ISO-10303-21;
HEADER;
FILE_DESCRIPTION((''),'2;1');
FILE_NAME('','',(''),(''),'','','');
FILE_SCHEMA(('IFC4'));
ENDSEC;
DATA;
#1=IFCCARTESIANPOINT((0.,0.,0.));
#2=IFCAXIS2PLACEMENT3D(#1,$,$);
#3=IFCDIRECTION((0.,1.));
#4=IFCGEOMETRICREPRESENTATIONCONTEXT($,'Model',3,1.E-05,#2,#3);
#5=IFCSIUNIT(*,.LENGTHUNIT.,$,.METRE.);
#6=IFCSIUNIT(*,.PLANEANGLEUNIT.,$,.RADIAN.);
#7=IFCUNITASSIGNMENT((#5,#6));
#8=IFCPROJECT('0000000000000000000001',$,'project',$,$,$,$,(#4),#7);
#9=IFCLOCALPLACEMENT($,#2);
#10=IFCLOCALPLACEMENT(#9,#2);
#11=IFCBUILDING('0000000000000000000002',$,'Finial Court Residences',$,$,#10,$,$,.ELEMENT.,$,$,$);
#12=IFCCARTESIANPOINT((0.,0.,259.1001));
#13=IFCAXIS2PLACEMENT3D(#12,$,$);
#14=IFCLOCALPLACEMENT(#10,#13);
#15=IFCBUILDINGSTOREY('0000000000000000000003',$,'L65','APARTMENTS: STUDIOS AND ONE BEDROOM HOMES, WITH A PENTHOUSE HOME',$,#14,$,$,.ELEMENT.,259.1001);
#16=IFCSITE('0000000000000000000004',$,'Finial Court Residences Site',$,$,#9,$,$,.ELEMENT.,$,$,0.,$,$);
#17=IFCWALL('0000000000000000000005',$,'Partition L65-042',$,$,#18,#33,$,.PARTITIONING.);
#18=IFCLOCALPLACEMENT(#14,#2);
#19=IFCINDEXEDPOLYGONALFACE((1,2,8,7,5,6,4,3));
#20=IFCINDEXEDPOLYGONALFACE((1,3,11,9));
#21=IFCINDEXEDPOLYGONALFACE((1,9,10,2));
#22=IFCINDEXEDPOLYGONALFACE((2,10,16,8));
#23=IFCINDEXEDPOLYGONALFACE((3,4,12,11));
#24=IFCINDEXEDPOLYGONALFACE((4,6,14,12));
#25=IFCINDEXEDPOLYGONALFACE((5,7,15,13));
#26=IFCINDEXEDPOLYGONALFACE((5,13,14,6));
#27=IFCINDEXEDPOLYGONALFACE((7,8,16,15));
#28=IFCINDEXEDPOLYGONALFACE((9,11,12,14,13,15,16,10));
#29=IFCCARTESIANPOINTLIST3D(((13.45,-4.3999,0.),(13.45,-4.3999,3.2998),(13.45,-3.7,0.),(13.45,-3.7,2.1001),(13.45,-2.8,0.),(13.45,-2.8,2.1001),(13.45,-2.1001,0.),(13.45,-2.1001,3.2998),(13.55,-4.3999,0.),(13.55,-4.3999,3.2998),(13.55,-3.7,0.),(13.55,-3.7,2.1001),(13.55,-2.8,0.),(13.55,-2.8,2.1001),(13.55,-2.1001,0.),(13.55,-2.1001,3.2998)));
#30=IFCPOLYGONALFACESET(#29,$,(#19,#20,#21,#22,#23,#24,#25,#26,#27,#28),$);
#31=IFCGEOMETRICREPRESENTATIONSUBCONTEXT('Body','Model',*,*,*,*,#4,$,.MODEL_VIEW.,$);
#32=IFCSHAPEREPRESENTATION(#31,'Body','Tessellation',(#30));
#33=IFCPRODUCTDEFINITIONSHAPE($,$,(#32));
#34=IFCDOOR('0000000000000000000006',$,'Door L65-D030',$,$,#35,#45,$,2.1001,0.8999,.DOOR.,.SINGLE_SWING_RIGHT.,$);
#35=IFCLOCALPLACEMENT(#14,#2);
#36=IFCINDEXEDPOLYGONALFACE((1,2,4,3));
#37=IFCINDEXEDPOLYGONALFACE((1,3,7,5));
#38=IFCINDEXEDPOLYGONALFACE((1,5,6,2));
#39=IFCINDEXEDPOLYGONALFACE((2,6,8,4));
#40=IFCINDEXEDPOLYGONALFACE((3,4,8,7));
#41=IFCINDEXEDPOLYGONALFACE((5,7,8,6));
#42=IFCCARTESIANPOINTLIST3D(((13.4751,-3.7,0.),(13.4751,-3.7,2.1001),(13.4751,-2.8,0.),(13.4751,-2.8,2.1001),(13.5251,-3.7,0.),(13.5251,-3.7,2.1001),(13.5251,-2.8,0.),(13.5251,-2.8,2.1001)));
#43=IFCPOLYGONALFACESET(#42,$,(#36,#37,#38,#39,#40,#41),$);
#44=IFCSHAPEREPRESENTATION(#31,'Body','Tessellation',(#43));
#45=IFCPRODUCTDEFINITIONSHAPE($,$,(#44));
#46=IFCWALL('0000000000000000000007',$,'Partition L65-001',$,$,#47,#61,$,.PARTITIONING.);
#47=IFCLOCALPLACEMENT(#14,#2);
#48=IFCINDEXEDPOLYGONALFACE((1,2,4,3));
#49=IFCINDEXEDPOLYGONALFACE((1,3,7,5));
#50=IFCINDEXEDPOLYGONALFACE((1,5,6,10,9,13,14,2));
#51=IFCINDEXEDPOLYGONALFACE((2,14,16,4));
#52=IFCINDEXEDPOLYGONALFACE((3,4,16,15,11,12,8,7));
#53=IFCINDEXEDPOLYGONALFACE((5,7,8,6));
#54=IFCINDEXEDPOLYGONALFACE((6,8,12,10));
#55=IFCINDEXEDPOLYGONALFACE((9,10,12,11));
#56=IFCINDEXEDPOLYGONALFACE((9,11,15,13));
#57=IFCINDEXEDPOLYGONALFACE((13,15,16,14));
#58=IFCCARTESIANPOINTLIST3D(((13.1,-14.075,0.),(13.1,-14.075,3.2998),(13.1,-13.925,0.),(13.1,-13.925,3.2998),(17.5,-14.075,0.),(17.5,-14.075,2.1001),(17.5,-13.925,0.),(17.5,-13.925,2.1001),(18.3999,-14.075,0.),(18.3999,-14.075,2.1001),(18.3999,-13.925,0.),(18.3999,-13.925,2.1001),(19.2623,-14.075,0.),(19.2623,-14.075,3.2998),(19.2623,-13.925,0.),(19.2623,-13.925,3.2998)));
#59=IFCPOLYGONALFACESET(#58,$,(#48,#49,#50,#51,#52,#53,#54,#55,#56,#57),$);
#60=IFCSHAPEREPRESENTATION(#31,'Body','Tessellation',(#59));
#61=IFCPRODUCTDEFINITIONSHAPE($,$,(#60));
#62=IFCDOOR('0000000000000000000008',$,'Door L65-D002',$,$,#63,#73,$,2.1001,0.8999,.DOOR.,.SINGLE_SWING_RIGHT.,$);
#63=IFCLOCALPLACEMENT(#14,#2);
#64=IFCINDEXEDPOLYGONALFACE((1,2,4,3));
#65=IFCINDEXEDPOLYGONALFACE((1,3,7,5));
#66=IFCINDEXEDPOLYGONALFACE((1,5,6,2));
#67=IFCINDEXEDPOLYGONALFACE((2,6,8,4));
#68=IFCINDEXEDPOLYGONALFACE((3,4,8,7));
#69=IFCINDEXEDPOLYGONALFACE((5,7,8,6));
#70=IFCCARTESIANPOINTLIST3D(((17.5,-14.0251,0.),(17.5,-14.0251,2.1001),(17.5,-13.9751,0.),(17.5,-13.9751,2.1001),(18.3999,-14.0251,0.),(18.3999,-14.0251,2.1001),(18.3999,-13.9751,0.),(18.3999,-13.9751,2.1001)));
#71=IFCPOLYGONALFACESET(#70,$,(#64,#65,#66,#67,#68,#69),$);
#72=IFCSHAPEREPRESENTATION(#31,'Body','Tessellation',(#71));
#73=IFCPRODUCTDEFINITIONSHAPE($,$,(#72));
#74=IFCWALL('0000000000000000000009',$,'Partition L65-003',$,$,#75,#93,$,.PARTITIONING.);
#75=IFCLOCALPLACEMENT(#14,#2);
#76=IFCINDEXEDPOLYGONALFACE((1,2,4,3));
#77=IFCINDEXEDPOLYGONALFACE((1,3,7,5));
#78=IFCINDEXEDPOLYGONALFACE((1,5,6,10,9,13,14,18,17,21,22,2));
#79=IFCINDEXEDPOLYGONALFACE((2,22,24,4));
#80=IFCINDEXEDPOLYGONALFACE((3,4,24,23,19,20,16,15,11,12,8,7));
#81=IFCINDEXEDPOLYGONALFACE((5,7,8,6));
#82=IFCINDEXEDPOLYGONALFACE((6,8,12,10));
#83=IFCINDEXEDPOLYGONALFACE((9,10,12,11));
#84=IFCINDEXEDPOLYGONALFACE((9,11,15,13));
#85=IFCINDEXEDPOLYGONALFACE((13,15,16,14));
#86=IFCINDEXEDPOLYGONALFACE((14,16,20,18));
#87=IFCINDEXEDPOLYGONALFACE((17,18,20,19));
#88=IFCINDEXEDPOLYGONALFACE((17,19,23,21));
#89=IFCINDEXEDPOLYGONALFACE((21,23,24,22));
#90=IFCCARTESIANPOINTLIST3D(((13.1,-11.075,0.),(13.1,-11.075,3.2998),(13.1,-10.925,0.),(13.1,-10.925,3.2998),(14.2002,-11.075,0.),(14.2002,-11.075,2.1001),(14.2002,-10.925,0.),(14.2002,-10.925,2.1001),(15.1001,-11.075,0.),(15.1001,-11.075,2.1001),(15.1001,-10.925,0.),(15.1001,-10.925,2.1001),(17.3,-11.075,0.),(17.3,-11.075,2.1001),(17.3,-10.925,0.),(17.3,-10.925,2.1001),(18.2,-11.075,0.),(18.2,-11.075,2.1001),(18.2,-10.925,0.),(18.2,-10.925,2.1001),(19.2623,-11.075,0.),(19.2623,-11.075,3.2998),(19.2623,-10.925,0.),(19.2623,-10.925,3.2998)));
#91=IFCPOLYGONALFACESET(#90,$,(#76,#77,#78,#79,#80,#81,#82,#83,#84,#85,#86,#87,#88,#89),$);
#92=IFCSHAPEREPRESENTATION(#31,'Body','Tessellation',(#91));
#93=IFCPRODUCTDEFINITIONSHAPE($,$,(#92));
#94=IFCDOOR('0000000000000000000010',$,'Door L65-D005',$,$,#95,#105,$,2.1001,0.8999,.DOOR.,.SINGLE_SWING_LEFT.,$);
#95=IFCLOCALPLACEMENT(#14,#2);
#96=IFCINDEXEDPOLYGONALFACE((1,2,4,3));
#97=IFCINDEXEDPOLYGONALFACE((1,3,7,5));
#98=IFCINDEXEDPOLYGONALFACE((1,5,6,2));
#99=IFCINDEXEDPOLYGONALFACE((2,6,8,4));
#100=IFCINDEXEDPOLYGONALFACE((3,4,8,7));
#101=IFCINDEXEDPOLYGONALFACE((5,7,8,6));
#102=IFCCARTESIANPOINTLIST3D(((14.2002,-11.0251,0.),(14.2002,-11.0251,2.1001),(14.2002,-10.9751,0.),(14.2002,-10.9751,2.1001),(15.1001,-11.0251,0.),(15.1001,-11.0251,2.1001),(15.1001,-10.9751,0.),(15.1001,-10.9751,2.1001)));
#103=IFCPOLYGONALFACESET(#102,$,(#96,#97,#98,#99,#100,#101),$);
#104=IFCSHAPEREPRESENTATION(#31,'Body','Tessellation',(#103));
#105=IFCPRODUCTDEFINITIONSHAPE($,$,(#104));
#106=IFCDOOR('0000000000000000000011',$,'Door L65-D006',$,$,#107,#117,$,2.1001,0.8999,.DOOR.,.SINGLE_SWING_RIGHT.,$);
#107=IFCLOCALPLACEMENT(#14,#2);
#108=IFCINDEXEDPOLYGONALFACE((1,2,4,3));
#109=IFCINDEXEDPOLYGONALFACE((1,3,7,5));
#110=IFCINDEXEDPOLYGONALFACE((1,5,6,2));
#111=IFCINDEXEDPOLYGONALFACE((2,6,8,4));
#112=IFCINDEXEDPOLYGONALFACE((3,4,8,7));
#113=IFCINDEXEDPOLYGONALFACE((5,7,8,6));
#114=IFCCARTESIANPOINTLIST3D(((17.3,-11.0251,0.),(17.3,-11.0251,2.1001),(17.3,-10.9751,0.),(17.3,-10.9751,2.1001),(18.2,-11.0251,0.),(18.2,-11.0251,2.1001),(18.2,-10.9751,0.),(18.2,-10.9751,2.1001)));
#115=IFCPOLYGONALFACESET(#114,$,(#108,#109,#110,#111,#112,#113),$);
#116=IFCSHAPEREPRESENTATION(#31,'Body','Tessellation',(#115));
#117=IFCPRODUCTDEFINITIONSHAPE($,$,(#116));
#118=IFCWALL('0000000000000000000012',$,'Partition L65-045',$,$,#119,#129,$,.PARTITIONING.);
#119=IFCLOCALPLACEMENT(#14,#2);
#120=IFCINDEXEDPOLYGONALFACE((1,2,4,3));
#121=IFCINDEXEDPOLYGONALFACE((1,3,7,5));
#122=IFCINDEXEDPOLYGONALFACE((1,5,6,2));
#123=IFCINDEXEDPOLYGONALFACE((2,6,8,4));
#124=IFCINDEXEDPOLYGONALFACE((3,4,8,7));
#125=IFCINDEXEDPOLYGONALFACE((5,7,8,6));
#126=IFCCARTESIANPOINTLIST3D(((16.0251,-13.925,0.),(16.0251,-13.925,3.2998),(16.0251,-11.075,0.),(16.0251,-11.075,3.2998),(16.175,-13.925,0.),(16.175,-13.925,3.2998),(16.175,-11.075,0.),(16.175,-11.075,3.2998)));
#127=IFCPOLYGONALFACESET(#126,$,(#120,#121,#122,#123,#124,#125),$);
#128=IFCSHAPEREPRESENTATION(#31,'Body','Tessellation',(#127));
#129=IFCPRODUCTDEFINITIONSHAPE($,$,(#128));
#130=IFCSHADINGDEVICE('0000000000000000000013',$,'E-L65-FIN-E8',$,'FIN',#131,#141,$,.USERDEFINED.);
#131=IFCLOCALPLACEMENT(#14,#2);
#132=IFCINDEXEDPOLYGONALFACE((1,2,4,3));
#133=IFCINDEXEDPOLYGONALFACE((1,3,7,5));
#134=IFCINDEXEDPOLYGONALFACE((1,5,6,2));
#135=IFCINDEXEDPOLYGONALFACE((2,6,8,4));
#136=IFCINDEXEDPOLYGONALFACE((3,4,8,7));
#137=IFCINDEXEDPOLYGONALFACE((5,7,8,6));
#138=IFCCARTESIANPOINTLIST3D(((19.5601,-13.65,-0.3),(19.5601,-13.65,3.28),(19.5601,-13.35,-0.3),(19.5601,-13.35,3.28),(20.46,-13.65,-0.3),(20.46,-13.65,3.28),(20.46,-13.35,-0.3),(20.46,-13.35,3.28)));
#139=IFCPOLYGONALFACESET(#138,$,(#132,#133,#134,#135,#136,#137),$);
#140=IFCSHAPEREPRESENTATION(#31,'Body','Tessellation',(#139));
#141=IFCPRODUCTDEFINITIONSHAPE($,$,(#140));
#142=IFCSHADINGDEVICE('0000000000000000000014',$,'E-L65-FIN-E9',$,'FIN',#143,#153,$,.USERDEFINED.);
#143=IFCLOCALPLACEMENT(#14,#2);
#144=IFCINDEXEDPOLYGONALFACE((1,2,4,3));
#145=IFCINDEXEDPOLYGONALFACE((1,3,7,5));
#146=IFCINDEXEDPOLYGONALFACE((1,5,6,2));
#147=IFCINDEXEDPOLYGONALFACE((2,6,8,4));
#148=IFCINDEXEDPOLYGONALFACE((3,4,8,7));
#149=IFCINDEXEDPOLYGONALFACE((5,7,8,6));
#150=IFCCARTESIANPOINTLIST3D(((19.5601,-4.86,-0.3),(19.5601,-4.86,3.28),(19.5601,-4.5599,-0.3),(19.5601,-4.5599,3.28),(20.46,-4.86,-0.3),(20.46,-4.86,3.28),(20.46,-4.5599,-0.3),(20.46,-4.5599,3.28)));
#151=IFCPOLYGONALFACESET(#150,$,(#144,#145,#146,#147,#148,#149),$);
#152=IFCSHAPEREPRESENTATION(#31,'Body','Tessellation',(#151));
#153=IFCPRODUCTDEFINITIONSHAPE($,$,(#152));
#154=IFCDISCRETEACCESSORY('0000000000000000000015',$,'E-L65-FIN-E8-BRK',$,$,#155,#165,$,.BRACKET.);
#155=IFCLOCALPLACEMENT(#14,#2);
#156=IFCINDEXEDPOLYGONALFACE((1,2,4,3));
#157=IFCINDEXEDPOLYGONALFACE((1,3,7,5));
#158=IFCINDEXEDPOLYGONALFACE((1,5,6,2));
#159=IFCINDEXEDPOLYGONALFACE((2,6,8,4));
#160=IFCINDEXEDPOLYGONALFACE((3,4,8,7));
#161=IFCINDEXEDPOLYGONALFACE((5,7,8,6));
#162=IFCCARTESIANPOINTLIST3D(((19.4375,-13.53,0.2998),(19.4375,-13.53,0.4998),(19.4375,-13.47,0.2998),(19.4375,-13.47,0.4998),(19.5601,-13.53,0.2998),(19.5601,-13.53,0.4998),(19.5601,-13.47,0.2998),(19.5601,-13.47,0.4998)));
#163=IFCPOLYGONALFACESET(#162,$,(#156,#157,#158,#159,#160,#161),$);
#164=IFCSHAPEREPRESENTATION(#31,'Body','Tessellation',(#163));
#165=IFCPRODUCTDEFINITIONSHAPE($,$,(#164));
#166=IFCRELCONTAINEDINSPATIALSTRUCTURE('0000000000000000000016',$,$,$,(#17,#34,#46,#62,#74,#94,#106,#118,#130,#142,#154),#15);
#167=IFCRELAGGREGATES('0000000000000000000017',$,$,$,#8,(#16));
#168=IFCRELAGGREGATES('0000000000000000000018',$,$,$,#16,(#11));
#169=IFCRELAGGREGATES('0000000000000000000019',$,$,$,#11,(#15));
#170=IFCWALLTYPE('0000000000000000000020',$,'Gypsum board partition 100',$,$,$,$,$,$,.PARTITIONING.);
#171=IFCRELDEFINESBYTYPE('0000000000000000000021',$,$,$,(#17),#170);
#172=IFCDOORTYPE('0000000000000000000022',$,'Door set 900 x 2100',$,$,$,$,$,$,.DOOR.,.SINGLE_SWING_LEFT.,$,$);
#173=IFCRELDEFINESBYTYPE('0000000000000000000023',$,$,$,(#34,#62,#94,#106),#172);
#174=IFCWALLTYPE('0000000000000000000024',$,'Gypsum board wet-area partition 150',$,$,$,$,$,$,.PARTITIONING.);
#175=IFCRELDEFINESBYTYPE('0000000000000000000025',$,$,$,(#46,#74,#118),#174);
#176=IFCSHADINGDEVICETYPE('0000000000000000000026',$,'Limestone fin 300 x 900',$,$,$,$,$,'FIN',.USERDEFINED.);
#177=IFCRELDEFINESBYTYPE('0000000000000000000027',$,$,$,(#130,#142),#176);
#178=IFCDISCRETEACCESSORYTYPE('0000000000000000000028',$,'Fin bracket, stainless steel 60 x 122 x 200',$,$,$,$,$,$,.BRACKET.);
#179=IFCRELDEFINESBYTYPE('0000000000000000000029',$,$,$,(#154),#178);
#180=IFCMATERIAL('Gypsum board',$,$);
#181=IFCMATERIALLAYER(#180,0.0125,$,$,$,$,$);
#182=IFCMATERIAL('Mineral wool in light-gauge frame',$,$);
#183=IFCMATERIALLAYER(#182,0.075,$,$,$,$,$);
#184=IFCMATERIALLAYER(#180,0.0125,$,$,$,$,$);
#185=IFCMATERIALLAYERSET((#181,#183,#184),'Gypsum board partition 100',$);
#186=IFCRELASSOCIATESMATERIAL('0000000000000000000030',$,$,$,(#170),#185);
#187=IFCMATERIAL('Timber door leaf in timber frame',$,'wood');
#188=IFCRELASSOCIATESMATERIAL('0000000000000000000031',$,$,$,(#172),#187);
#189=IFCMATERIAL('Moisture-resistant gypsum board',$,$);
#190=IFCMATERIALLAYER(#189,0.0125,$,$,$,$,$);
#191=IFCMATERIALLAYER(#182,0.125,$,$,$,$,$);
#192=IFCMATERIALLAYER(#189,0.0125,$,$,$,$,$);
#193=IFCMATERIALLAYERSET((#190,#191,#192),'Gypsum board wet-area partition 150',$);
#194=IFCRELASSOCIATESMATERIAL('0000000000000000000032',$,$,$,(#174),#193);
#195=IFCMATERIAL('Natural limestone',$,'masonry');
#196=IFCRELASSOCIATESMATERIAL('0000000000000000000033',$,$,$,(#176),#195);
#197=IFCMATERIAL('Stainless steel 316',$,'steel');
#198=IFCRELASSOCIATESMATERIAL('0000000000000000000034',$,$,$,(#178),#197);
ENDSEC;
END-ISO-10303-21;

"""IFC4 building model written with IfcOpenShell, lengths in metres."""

from ifc_helpers import new_model, si_unit, direction, frame, frame_2d, origin, origin_2d, place, context, subcontext, project, spatial, rectangle, extrude, material, layer, layer_set, type_object, element, fill, save


model = new_model("IFC4")

# Units and contexts
model_context = context("Model", 3, precision=1e-05, world=origin(), true_north=direction((0.0, 1.0)))
body_context = subcontext(model_context, "Body", "Model", "MODEL_VIEW")
ifc_project = project(units=[si_unit("LENGTHUNIT", "METRE"), si_unit("PLANEANGLEUNIT", "RADIAN")], contexts=[model_context])

# Site, building, storey
site_placement = place(None, origin())
site = spatial("IfcSite", under=ifc_project, at=site_placement, Name="Finial Court Residences Site", CompositionType="ELEMENT", RefElevation=0.0)
building_placement = place(site_placement, origin())
building = spatial("IfcBuilding", under=site, at=building_placement, Name="Finial Court Residences", CompositionType="ELEMENT")
storey_placement = place(building_placement, frame((0.0, 0.0, 259.1001)))
storey = spatial("IfcBuildingStorey", under=building, at=storey_placement, Name="L65", Description="APARTMENTS: STUDIOS AND ONE BEDROOM HOMES, WITH A PENTHOUSE HOME", CompositionType="ELEMENT", Elevation=259.1001)

# Walls, openings, doors
ifc_material_1 = material(Name="Gypsum board")
ifc_layer_1 = layer(ifc_material_1, 0.0125)
ifc_material_2 = material(Name="Mineral wool in light-gauge frame")
ifc_layer_2 = layer(ifc_material_2, 0.075)
ifc_layer_3 = layer(ifc_material_1, 0.0125)
ifc_layer_set_1 = layer_set([ifc_layer_1, ifc_layer_2, ifc_layer_3], Name="Gypsum board partition 100")
wall_type_1 = type_object("IfcWallType", Name="Gypsum board partition 100", PredefinedType="PARTITIONING", material=ifc_layer_set_1)
wall_1_placement = place(storey_placement, frame((13.5, -4.3999, 0.0), z_axis=(0.0, 0.0, 1.0), x_axis=(0.0, 1.0, 0.0)))
wall_1 = element("IfcWall", 1, at=wall_1_placement, inside=storey, type_object=wall_type_1, Name="Partition L65-042", PredefinedType="PARTITIONING", context=body_context, shape_type="SweptSolid", body=[
    extrude(rectangle(XDim=2.2998, YDim=0.1001, at=frame_2d((1.1499, 0.0))), origin(), (0.0, 0.0, 1.0), 3.2998),
])
opening_1_placement = place(wall_1_placement, frame((0.7, 0.0, 0.0)))
opening_1 = element("IfcOpeningElement", 2, at=opening_1_placement, cuts=wall_1, PredefinedType="OPENING", context=body_context, shape_type="SweptSolid", body=[
    extrude(rectangle(XDim=0.8999, YDim=2.1001, at=frame_2d((0.45, 1.05))), frame((0.0, 0.0601, 0.0), z_axis=(0.0, -1.0, 0.0), x_axis=(1.0, 0.0, 0.0)), (0.0, 0.0, 1.0), 0.1201),
])
ifc_material_3 = material(Name="Timber door leaf in timber frame", Category="wood")
door_type_1 = type_object("IfcDoorType", Name="Door set 900 x 2100", OperationType="SINGLE_SWING_LEFT", PredefinedType="DOOR", material=ifc_material_3)
door_1_placement = place(opening_1_placement, origin())
door_1 = element("IfcDoor", 3, at=door_1_placement, inside=storey, type_object=door_type_1, Name="Door L65-D030", OperationType="SINGLE_SWING_RIGHT", OverallHeight=2.1001, OverallWidth=0.8999, PredefinedType="DOOR", context=body_context, shape_type="SweptSolid", body=[
    extrude(rectangle(XDim=0.8999, YDim=2.1001, at=frame_2d((0.45, 1.05))), frame((0.0, 0.0249, 0.0), z_axis=(0.0, -1.0, 0.0), x_axis=(1.0, 0.0, 0.0)), (0.0, 0.0, 1.0), 0.05),
])
fill(opening_1, door_1)
ifc_material_4 = material(Name="Moisture-resistant gypsum board")
ifc_layer_4 = layer(ifc_material_4, 0.0125)
ifc_layer_5 = layer(ifc_material_2, 0.125)
ifc_layer_6 = layer(ifc_material_4, 0.0125)
ifc_layer_set_2 = layer_set([ifc_layer_4, ifc_layer_5, ifc_layer_6], Name="Gypsum board wet-area partition 150")
wall_type_2 = type_object("IfcWallType", Name="Gypsum board wet-area partition 150", PredefinedType="PARTITIONING", material=ifc_layer_set_2)
wall_2_placement = place(storey_placement, frame((13.1001, -14.0, 0.0), z_axis=(0.0, 0.0, 1.0), x_axis=(1.0, 0.0, 0.0)))
wall_2 = element("IfcWall", 4, at=wall_2_placement, inside=storey, type_object=wall_type_2, Name="Partition L65-001", PredefinedType="PARTITIONING", context=body_context, shape_type="SweptSolid", body=[
    extrude(rectangle(XDim=6.1624, YDim=0.1499, at=frame_2d((3.0811, 0.0))), origin(), (0.0, 0.0, 1.0), 3.2998),
])
opening_2_placement = place(wall_2_placement, frame((4.3999, 0.0, 0.0)))
opening_2 = element("IfcOpeningElement", 5, at=opening_2_placement, cuts=wall_2, PredefinedType="OPENING", context=body_context, shape_type="SweptSolid", body=[
    extrude(rectangle(XDim=0.8999, YDim=2.1001, at=frame_2d((0.45, 1.05))), frame((0.0, 0.085, 0.0), z_axis=(0.0, -1.0, 0.0), x_axis=(1.0, 0.0, 0.0)), (0.0, 0.0, 1.0), 0.1699),
])
door_2_placement = place(opening_2_placement, origin())
door_2 = element("IfcDoor", 6, at=door_2_placement, inside=storey, type_object=door_type_1, Name="Door L65-D002", OperationType="SINGLE_SWING_RIGHT", OverallHeight=2.1001, OverallWidth=0.8999, PredefinedType="DOOR", context=body_context, shape_type="SweptSolid", body=[
    extrude(rectangle(XDim=0.8999, YDim=2.1001, at=frame_2d((0.45, 1.05))), frame((0.0, 0.0249, 0.0), z_axis=(0.0, -1.0, 0.0), x_axis=(1.0, 0.0, 0.0)), (0.0, 0.0, 1.0), 0.05),
])
fill(opening_2, door_2)

# Wall, openings, doors
wall_3_placement = place(storey_placement, frame((13.1001, -11.0, 0.0), z_axis=(0.0, 0.0, 1.0), x_axis=(1.0, 0.0, 0.0)))
wall_3 = element("IfcWall", 7, at=wall_3_placement, inside=storey, type_object=wall_type_2, Name="Partition L65-003", PredefinedType="PARTITIONING", context=body_context, shape_type="SweptSolid", body=[
    extrude(rectangle(XDim=6.1624, YDim=0.1499, at=frame_2d((3.0811, 0.0))), origin(), (0.0, 0.0, 1.0), 3.2998),
])
opening_3_placement = place(wall_3_placement, frame((1.1001, 0.0, 0.0)))
opening_3 = element("IfcOpeningElement", 8, at=opening_3_placement, cuts=wall_3, PredefinedType="OPENING", context=body_context, shape_type="SweptSolid", body=[
    extrude(rectangle(XDim=0.8999, YDim=2.1001, at=frame_2d((0.45, 1.05))), frame((0.0, 0.085, 0.0), z_axis=(0.0, -1.0, 0.0), x_axis=(1.0, 0.0, 0.0)), (0.0, 0.0, 1.0), 0.1699),
])
opening_4_placement = place(wall_3_placement, frame((4.2, 0.0, 0.0)))
opening_4 = element("IfcOpeningElement", 9, at=opening_4_placement, cuts=wall_3, PredefinedType="OPENING", context=body_context, shape_type="SweptSolid", body=[
    extrude(rectangle(XDim=0.8999, YDim=2.1001, at=frame_2d((0.45, 1.05))), frame((0.0, 0.085, 0.0), z_axis=(0.0, -1.0, 0.0), x_axis=(1.0, 0.0, 0.0)), (0.0, 0.0, 1.0), 0.1699),
])
door_3_placement = place(opening_3_placement, origin())
door_3 = element("IfcDoor", 10, at=door_3_placement, inside=storey, type_object=door_type_1, Name="Door L65-D005", OperationType="SINGLE_SWING_LEFT", OverallHeight=2.1001, OverallWidth=0.8999, PredefinedType="DOOR", context=body_context, shape_type="SweptSolid", body=[
    extrude(rectangle(XDim=0.8999, YDim=2.1001, at=frame_2d((0.45, 1.05))), frame((0.0, 0.0249, 0.0), z_axis=(0.0, -1.0, 0.0), x_axis=(1.0, 0.0, 0.0)), (0.0, 0.0, 1.0), 0.05),
])
fill(opening_3, door_3)
door_4_placement = place(opening_4_placement, origin())
door_4 = element("IfcDoor", 11, at=door_4_placement, inside=storey, type_object=door_type_1, Name="Door L65-D006", OperationType="SINGLE_SWING_RIGHT", OverallHeight=2.1001, OverallWidth=0.8999, PredefinedType="DOOR", context=body_context, shape_type="SweptSolid", body=[
    extrude(rectangle(XDim=0.8999, YDim=2.1001, at=frame_2d((0.45, 1.05))), frame((0.0, 0.0249, 0.0), z_axis=(0.0, -1.0, 0.0), x_axis=(1.0, 0.0, 0.0)), (0.0, 0.0, 1.0), 0.05),
])
fill(opening_4, door_4)

# Wall
wall_4_placement = place(storey_placement, frame((16.1001, -13.925, 0.0), z_axis=(0.0, 0.0, 1.0), x_axis=(0.0, 1.0, 0.0)))
element("IfcWall", 12, at=wall_4_placement, inside=storey, type_object=wall_type_2, Name="Partition L65-045", PredefinedType="PARTITIONING", context=body_context, shape_type="SweptSolid", body=[
    extrude(rectangle(XDim=2.8501, YDim=0.1499, at=frame_2d((1.425, 0.0))), origin(), (0.0, 0.0, 1.0), 3.2998),
])

# Shading devices
ifc_material_5 = material(Name="Natural limestone", Category="masonry")
shading_device_type = type_object("IfcShadingDeviceType", Name="Limestone fin 300 x 900", ElementType="FIN", PredefinedType="USERDEFINED", material=ifc_material_5)
for number, where, z_axis, x_axis, name in (
    (13, (20.01, -13.5, -0.3), (0.0, 0.0, 1.0), (1.0, 0.0, 0.0), "E-L65-FIN-E8"),
    (14, (20.01, -4.71, -0.3), (0.0, 0.0, 1.0), (1.0, 0.0, 0.0), "E-L65-FIN-E9"),
):
    element("IfcShadingDevice", number, at=place(storey_placement, frame(where, z_axis=z_axis, x_axis=x_axis)), inside=storey, type_object=shading_device_type, Name=name, ObjectType="FIN", PredefinedType="USERDEFINED", context=body_context, shape_type="SweptSolid", body=[
        extrude(rectangle(XDim=0.8999, YDim=0.3, at=origin_2d()), origin(), (0.0, 0.0, 1.0), 3.5801),
    ])

# Discrete accessory
ifc_material_6 = material(Name="Stainless steel 316", Category="steel")
discrete_accessory_type = type_object("IfcDiscreteAccessoryType", Name="Fin bracket, stainless steel 60 x 122 x 200", PredefinedType="BRACKET", material=ifc_material_6)
discrete_accessory_placement = place(storey_placement, frame((19.4988, -13.5, 0.2998), z_axis=(0.0, 0.0, 1.0), x_axis=(1.0, 0.0, 0.0)))
element("IfcDiscreteAccessory", 15, at=discrete_accessory_placement, inside=storey, type_object=discrete_accessory_type, Name="E-L65-FIN-E8-BRK", PredefinedType="BRACKET", context=body_context, shape_type="SweptSolid", body=[
    extrude(rectangle(XDim=0.1226, YDim=0.0601, at=origin_2d()), origin(), (0.0, 0.0, 1.0), 0.2),
])

save(model, "model.ifc")
